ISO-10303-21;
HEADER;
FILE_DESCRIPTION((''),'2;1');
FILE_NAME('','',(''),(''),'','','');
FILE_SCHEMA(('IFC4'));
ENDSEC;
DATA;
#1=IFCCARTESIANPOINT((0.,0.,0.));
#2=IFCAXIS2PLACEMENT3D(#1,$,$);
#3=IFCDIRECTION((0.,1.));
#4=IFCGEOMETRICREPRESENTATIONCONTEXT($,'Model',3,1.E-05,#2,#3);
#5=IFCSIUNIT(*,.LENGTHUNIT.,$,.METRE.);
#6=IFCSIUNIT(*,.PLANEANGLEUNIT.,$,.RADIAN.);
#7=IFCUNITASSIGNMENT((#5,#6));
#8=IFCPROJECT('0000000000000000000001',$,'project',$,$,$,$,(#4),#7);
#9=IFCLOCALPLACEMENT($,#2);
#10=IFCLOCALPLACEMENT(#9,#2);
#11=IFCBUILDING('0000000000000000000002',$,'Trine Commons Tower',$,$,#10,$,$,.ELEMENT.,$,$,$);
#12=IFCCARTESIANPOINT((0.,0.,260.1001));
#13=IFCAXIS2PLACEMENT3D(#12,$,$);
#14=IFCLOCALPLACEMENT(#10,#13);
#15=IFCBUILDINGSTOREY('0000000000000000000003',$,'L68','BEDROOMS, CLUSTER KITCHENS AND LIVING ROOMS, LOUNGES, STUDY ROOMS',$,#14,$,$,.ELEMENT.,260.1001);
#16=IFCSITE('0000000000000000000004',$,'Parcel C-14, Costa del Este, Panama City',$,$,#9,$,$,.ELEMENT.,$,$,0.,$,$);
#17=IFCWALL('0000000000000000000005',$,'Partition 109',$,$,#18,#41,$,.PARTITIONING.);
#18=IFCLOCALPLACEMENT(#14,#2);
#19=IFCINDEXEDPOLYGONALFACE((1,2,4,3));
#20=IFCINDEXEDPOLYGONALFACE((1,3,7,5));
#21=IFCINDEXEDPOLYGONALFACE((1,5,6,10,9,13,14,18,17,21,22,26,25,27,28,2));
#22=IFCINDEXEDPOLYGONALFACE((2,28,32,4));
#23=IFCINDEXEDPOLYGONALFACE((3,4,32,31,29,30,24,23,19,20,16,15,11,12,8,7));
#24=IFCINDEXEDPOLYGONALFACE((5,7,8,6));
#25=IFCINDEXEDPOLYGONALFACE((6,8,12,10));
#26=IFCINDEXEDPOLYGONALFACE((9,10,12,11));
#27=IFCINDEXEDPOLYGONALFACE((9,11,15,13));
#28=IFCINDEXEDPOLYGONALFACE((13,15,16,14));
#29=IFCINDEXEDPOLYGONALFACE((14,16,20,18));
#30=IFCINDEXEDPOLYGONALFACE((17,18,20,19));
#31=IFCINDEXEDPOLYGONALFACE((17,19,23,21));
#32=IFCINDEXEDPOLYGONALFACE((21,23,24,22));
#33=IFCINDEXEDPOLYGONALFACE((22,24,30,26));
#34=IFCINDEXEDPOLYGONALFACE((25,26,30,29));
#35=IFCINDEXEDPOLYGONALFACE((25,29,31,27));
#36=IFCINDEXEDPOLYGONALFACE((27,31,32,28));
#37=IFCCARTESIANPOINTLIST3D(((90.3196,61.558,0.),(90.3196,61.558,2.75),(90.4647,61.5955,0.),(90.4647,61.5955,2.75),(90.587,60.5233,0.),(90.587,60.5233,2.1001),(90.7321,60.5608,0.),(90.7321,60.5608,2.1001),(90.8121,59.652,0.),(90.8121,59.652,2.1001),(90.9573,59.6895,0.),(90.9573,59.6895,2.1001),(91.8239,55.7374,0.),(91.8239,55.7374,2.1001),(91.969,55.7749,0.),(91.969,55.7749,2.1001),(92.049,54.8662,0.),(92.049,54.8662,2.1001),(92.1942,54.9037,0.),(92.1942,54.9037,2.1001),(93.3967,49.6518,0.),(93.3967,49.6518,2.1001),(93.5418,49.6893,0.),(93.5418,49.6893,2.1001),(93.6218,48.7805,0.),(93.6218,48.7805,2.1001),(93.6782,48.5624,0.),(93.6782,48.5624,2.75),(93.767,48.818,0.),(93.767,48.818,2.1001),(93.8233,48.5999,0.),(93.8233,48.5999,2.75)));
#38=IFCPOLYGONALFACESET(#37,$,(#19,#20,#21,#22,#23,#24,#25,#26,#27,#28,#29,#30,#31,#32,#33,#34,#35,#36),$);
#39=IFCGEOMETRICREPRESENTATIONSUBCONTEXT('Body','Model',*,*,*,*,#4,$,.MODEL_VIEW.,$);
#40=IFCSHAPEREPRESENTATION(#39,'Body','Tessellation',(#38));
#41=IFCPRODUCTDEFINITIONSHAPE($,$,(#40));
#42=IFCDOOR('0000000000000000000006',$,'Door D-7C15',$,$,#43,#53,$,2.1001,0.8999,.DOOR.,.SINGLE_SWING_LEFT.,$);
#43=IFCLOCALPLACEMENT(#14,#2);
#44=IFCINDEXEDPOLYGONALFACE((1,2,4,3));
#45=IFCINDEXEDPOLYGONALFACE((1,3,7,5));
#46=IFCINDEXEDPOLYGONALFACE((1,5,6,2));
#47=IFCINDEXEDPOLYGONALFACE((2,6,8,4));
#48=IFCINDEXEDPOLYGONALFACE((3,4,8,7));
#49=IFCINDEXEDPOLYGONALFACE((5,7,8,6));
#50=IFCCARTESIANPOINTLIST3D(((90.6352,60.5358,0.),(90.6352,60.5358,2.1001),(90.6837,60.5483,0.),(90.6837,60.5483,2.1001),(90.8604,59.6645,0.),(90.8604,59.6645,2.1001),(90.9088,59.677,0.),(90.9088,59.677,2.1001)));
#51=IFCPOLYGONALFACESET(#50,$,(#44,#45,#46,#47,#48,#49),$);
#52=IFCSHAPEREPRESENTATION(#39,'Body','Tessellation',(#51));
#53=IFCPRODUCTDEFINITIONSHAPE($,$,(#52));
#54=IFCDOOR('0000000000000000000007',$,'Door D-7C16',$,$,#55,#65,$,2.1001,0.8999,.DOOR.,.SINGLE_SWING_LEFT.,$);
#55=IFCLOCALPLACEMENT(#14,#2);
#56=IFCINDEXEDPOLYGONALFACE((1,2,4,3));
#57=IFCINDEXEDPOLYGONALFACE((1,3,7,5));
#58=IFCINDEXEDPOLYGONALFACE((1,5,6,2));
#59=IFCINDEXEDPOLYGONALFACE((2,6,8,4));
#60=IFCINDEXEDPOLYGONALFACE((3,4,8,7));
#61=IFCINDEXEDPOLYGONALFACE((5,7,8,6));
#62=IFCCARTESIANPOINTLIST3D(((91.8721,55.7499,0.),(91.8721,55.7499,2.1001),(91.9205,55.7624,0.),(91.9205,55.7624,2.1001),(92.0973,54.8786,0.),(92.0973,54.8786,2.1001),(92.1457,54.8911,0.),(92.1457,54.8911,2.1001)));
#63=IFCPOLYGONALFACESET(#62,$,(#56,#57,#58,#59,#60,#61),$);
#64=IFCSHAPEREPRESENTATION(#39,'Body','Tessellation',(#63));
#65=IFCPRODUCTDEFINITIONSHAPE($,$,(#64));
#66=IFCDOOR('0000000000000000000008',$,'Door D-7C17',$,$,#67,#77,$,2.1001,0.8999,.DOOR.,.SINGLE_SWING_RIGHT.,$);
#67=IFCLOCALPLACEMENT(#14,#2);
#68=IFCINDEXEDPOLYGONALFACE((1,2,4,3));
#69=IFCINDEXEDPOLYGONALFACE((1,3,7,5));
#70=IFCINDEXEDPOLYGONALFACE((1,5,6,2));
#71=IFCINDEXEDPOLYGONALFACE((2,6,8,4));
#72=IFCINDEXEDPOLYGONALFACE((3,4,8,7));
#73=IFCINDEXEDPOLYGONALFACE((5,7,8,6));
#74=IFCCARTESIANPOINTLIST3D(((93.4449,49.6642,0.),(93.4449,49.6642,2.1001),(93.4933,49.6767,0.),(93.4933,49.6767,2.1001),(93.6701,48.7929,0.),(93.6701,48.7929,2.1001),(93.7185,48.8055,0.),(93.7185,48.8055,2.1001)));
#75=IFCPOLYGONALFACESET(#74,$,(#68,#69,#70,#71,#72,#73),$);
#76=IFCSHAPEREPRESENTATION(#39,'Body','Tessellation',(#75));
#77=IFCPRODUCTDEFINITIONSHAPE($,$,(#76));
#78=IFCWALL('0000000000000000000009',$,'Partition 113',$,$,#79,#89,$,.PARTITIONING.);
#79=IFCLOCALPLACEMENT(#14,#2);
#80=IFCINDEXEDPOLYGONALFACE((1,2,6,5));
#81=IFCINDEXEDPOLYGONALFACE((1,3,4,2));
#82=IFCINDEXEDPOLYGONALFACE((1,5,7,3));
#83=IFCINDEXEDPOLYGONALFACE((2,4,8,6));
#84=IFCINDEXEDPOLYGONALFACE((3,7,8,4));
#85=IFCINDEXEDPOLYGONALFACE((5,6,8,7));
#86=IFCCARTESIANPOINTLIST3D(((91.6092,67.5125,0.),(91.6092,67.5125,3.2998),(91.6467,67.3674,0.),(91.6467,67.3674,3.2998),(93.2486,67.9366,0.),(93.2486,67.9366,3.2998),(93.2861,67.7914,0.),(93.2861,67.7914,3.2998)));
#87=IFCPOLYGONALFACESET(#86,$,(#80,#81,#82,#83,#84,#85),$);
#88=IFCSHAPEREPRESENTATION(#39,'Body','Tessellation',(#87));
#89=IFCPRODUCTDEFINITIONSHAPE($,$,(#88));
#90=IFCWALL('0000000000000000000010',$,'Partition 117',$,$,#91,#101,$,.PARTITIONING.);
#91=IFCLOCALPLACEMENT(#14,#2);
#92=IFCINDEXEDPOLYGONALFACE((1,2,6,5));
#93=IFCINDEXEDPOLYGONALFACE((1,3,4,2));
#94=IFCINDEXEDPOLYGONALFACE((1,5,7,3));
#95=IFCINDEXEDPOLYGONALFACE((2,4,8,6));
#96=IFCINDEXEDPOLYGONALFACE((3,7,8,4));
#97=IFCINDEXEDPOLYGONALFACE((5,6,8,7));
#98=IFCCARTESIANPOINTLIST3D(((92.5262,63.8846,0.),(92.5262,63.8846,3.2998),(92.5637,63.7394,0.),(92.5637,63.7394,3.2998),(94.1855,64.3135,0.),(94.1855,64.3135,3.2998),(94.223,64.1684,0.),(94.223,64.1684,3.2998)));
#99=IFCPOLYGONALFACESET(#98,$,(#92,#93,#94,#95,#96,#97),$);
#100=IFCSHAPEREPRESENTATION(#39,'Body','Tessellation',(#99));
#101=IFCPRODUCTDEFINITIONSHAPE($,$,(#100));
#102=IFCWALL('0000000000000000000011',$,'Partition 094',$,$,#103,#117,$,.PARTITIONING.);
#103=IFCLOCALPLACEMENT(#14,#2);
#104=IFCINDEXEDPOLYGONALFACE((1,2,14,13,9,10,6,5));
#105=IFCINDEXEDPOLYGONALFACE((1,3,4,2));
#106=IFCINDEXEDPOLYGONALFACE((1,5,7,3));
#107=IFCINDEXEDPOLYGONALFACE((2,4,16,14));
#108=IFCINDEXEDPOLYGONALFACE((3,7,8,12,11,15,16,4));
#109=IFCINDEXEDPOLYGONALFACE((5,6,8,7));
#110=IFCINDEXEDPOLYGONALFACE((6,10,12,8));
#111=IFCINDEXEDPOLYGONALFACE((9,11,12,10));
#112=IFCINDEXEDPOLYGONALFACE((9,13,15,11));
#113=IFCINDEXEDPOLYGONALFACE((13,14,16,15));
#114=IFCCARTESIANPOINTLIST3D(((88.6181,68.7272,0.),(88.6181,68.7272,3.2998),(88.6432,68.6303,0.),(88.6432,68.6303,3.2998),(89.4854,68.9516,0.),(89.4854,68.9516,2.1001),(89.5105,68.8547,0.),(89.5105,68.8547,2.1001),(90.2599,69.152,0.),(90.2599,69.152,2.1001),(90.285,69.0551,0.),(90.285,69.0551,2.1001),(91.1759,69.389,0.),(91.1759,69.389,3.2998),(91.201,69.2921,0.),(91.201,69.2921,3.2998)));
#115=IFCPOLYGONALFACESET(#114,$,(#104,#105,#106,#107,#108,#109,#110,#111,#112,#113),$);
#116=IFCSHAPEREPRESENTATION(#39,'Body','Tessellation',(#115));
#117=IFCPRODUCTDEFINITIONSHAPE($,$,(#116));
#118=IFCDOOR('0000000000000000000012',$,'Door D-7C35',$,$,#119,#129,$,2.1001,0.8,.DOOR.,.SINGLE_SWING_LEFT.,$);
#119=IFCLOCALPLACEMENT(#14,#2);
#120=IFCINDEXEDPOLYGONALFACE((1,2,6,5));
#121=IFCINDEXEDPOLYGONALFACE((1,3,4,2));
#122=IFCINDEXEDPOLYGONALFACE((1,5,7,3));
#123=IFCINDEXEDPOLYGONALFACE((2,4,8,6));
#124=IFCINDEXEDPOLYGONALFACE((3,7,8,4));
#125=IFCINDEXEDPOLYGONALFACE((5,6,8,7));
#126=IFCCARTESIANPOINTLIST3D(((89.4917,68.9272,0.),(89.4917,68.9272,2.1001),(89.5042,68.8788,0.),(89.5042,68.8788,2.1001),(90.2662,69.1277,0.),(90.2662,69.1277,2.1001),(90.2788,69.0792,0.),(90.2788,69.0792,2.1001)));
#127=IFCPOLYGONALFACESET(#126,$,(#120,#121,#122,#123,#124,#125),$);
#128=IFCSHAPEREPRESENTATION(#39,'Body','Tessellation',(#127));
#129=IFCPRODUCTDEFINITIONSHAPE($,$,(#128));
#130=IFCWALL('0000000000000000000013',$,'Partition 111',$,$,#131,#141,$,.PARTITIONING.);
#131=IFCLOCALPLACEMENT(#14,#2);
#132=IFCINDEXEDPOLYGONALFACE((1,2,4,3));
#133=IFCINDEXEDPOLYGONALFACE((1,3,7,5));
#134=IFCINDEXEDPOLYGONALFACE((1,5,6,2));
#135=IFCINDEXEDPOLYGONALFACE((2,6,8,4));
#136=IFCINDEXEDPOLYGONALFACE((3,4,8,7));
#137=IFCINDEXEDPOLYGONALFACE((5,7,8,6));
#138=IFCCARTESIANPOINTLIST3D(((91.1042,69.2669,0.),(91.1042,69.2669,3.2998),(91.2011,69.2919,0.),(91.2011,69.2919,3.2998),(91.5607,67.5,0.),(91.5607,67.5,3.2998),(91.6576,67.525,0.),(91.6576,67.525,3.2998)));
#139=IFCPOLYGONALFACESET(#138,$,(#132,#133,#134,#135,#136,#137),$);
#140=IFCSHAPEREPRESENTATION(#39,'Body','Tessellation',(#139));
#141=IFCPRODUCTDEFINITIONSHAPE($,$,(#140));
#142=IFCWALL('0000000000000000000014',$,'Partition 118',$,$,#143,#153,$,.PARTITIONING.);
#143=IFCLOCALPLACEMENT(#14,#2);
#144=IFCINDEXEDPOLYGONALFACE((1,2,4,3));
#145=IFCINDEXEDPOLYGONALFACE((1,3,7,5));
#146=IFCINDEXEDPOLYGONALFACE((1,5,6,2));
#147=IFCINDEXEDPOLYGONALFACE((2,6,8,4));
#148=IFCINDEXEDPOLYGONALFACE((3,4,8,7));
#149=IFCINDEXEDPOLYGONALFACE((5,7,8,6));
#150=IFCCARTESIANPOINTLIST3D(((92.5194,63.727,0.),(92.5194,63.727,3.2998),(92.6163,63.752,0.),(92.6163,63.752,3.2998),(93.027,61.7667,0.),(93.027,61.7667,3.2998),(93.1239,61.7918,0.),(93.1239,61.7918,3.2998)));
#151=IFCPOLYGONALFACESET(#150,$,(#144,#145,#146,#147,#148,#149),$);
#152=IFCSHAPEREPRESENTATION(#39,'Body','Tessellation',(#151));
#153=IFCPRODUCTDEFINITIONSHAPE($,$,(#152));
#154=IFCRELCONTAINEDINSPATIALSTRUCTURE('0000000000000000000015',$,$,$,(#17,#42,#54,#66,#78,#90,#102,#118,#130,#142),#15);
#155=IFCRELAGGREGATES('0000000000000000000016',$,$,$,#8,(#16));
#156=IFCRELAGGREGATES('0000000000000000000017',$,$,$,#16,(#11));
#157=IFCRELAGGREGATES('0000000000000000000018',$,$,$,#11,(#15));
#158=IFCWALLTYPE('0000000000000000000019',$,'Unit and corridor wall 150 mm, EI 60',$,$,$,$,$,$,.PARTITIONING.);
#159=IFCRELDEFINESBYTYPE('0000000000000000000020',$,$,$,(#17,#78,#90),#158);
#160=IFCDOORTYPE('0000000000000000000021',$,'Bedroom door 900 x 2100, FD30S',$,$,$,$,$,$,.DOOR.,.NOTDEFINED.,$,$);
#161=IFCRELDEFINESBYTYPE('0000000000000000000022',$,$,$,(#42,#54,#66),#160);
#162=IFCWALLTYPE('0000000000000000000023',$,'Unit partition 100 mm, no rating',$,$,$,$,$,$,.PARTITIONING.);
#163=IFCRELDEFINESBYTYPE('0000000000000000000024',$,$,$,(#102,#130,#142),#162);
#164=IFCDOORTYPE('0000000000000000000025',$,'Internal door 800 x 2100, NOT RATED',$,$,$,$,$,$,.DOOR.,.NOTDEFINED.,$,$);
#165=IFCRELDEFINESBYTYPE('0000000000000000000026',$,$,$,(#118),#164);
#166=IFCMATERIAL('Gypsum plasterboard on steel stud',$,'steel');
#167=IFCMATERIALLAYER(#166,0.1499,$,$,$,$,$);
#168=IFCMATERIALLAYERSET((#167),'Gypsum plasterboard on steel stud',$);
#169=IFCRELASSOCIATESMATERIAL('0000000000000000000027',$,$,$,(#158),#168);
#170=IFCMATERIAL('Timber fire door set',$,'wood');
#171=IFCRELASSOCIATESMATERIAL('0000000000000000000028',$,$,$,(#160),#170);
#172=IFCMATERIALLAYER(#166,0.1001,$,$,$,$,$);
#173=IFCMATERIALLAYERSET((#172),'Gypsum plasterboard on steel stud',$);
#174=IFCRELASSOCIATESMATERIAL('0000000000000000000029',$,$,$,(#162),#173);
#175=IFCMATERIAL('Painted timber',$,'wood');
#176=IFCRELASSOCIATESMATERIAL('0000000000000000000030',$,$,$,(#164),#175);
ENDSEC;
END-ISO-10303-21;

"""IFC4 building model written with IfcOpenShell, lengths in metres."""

from ifc_helpers import new_model, si_unit, direction, frame, frame_2d, origin, place, context, subcontext, project, spatial, rectangle, extrude, material, layer, layer_set, type_object, element, fill, save


model = new_model("IFC4")

# Units and contexts
model_context = context("Model", 3, precision=1e-05, world=origin(), true_north=direction((0.0, 1.0)))
body_context = subcontext(model_context, "Body", "Model", "MODEL_VIEW")
ifc_project = project(units=[si_unit("LENGTHUNIT", "METRE"), si_unit("PLANEANGLEUNIT", "RADIAN")], contexts=[model_context])

# Site, building, storey
site_placement = place(None, origin())
site = spatial("IfcSite", under=ifc_project, at=site_placement, Name="Parcel C-14, Costa del Este, Panama City", CompositionType="ELEMENT", RefElevation=0.0)
building_placement = place(site_placement, origin())
building = spatial("IfcBuilding", under=site, at=building_placement, Name="Trine Commons Tower", CompositionType="ELEMENT")
storey_placement = place(building_placement, frame((0.0, 0.0, 260.1001)))
storey = spatial("IfcBuildingStorey", under=building, at=storey_placement, Name="L68", Description="BEDROOMS, CLUSTER KITCHENS AND LIVING ROOMS, LOUNGES, STUDY ROOMS", CompositionType="ELEMENT", Elevation=260.1001)

# Shared definitions
ifc_material_1 = material(Name="Gypsum plasterboard on steel stud", Category="steel")
ifc_layer_1 = layer(ifc_material_1, 0.1499)
ifc_layer_set_1 = layer_set([ifc_layer_1], Name="Gypsum plasterboard on steel stud")
wall_type_1 = type_object("IfcWallType", Name="Unit and corridor wall 150 mm, EI 60", PredefinedType="PARTITIONING", material=ifc_layer_set_1)

# Shared definitions
ifc_material_2 = material(Name="Timber fire door set", Category="wood")
door_type_1 = type_object("IfcDoorType", Name="Bedroom door 900 x 2100, FD30S", OperationType="NOTDEFINED", PredefinedType="DOOR", material=ifc_material_2)

# Wall, openings, doors
wall_1_placement = place(storey_placement, frame((90.3921, 61.5769, 0.0), z_axis=(0.0, 0.0, 1.0), x_axis=(0.250223, -0.968188, 0.0)))
wall_1 = element("IfcWall", 1, at=wall_1_placement, inside=storey, type_object=wall_type_1, Name="Partition 109", PredefinedType="PARTITIONING", context=body_context, shape_type="SweptSolid", body=[
    extrude(rectangle(XDim=13.4226, YDim=0.1499, at=frame_2d((6.7114, 0.0))), origin(), (0.0, 0.0, 1.0), 2.75),
])
opening_1_placement = place(wall_1_placement, frame((1.0688, 0.0, 0.0)))
opening_1 = element("IfcOpeningElement", 2, at=opening_1_placement, cuts=wall_1, PredefinedType="OPENING", context=body_context, shape_type="SweptSolid", body=[
    extrude(rectangle(XDim=0.8999, YDim=2.1001, at=frame_2d((0.45, 1.05))), frame((0.0, 0.085, 0.0), z_axis=(0.0, -1.0, 0.0), x_axis=(1.0, 0.0, 0.0)), (0.0, 0.0, 1.0), 0.1699),
])
opening_2_placement = place(wall_1_placement, frame((6.012, 0.0, 0.0)))
opening_2 = element("IfcOpeningElement", 3, at=opening_2_placement, cuts=wall_1, PredefinedType="OPENING", context=body_context, shape_type="SweptSolid", body=[
    extrude(rectangle(XDim=0.8999, YDim=2.1001, at=frame_2d((0.45, 1.05))), frame((0.0, 0.085, 0.0), z_axis=(0.0, -1.0, 0.0), x_axis=(1.0, 0.0, 0.0)), (0.0, 0.0, 1.0), 0.1699),
])
opening_3_placement = place(wall_1_placement, frame((12.2976, 0.0, 0.0)))
opening_3 = element("IfcOpeningElement", 4, at=opening_3_placement, cuts=wall_1, PredefinedType="OPENING", context=body_context, shape_type="SweptSolid", body=[
    extrude(rectangle(XDim=0.8999, YDim=2.1001, at=frame_2d((0.45, 1.05))), frame((0.0, 0.085, 0.0), z_axis=(0.0, -1.0, 0.0), x_axis=(1.0, 0.0, 0.0)), (0.0, 0.0, 1.0), 0.1699),
])
door_1_placement = place(opening_1_placement, origin())
door_1 = element("IfcDoor", 5, at=door_1_placement, inside=storey, type_object=door_type_1, Name="Door D-7C15", OperationType="SINGLE_SWING_LEFT", OverallHeight=2.1001, OverallWidth=0.8999, PredefinedType="DOOR", context=body_context, shape_type="SweptSolid", body=[
    extrude(rectangle(XDim=0.8999, YDim=2.1001, at=frame_2d((0.45, 1.05))), frame((0.0, 0.0249, 0.0), z_axis=(0.0, -1.0, 0.0), x_axis=(1.0, 0.0, 0.0)), (0.0, 0.0, 1.0), 0.05),
])
fill(opening_1, door_1)
door_2_placement = place(opening_2_placement, origin())
door_2 = element("IfcDoor", 6, at=door_2_placement, inside=storey, type_object=door_type_1, Name="Door D-7C16", OperationType="SINGLE_SWING_LEFT", OverallHeight=2.1001, OverallWidth=0.8999, PredefinedType="DOOR", context=body_context, shape_type="SweptSolid", body=[
    extrude(rectangle(XDim=0.8999, YDim=2.1001, at=frame_2d((0.45, 1.05))), frame((0.0, 0.0249, 0.0), z_axis=(0.0, -1.0, 0.0), x_axis=(1.0, 0.0, 0.0)), (0.0, 0.0, 1.0), 0.05),
])
fill(opening_2, door_2)
door_3_placement = place(opening_3_placement, origin())
door_3 = element("IfcDoor", 7, at=door_3_placement, inside=storey, type_object=door_type_1, Name="Door D-7C17", OperationType="SINGLE_SWING_RIGHT", OverallHeight=2.1001, OverallWidth=0.8999, PredefinedType="DOOR", context=body_context, shape_type="SweptSolid", body=[
    extrude(rectangle(XDim=0.8999, YDim=2.1001, at=frame_2d((0.45, 1.05))), frame((0.0, 0.0249, 0.0), z_axis=(0.0, -1.0, 0.0), x_axis=(1.0, 0.0, 0.0)), (0.0, 0.0, 1.0), 0.05),
])
fill(opening_3, door_3)

# Walls
wall_2_placement = place(storey_placement, frame((91.6279, 67.4399, 0.0), z_axis=(0.0, 0.0, 1.0), x_axis=(0.968134, 0.250432, 0.0)))
element("IfcWall", 8, at=wall_2_placement, inside=storey, type_object=wall_type_1, Name="Partition 113", PredefinedType="PARTITIONING", context=body_context, shape_type="SweptSolid", body=[
    extrude(rectangle(XDim=1.6934, YDim=0.1499, at=frame_2d((0.8467, 0.0))), origin(), (0.0, 0.0, 1.0), 3.2998),
])
wall_3_placement = place(storey_placement, frame((92.5449, 63.812, 0.0), z_axis=(0.0, 0.0, 1.0), x_axis=(0.968176, 0.25027, 0.0)))
element("IfcWall", 9, at=wall_3_placement, inside=storey, type_object=wall_type_1, Name="Partition 117", PredefinedType="PARTITIONING", context=body_context, shape_type="SweptSolid", body=[
    extrude(rectangle(XDim=1.7139, YDim=0.1499, at=frame_2d((0.8569, 0.0))), origin(), (0.0, 0.0, 1.0), 3.2998),
])

# Wall, opening, door
ifc_layer_2 = layer(ifc_material_1, 0.1001)
ifc_layer_set_2 = layer_set([ifc_layer_2], Name="Gypsum plasterboard on steel stud")
wall_type_2 = type_object("IfcWallType", Name="Unit partition 100 mm, no rating", PredefinedType="PARTITIONING", material=ifc_layer_set_2)
wall_4_placement = place(storey_placement, frame((88.6306, 68.6787, 0.0), z_axis=(0.0, 0.0, 1.0), x_axis=(0.968115, 0.250507, 0.0)))
wall_4 = element("IfcWall", 10, at=wall_4_placement, inside=storey, type_object=wall_type_2, Name="Partition 094", PredefinedType="PARTITIONING", context=body_context, shape_type="SweptSolid", body=[
    extrude(rectangle(XDim=2.6421, YDim=0.1001, at=frame_2d((1.321, 0.0))), origin(), (0.0, 0.0, 1.0), 3.2998),
])
opening_4_placement = place(wall_4_placement, frame((0.896, 0.0, 0.0)))
opening_4 = element("IfcOpeningElement", 11, at=opening_4_placement, cuts=wall_4, PredefinedType="OPENING", context=body_context, shape_type="SweptSolid", body=[
    extrude(rectangle(XDim=0.8, YDim=2.1001, at=frame_2d((0.3999, 1.05))), frame((0.0, 0.0601, 0.0), z_axis=(0.0, -1.0, 0.0), x_axis=(1.0, 0.0, 0.0)), (0.0, 0.0, 1.0), 0.1201),
])
ifc_material_3 = material(Name="Painted timber", Category="wood")
door_type_2 = type_object("IfcDoorType", Name="Internal door 800 x 2100, NOT RATED", OperationType="NOTDEFINED", PredefinedType="DOOR", material=ifc_material_3)
door_4_placement = place(opening_4_placement, origin())
door_4 = element("IfcDoor", 12, at=door_4_placement, inside=storey, type_object=door_type_2, Name="Door D-7C35", OperationType="SINGLE_SWING_LEFT", OverallHeight=2.1001, OverallWidth=0.8, PredefinedType="DOOR", context=body_context, shape_type="SweptSolid", body=[
    extrude(rectangle(XDim=0.8, YDim=2.1001, at=frame_2d((0.3999, 1.05))), frame((0.0, 0.0249, 0.0), z_axis=(0.0, -1.0, 0.0), x_axis=(1.0, 0.0, 0.0)), (0.0, 0.0, 1.0), 0.05),
])
fill(opening_4, door_4)

# Walls
wall_5_placement = place(storey_placement, frame((91.1526, 69.2795, 0.0), z_axis=(0.0, 0.0, 1.0), x_axis=(0.250177, -0.9682, 0.0)))
element("IfcWall", 13, at=wall_5_placement, inside=storey, type_object=wall_type_2, Name="Partition 111", PredefinedType="PARTITIONING", context=body_context, shape_type="SweptSolid", body=[
    extrude(rectangle(XDim=1.825, YDim=0.1001, at=frame_2d((0.9126, 0.0))), origin(), (0.0, 0.0, 1.0), 3.2998),
])
wall_6_placement = place(storey_placement, frame((92.5679, 63.7395, 0.0), z_axis=(0.0, 0.0, 1.0), x_axis=(0.250669, -0.968073, 0.0)))
element("IfcWall", 14, at=wall_6_placement, inside=storey, type_object=wall_type_2, Name="Partition 118", PredefinedType="PARTITIONING", context=body_context, shape_type="SweptSolid", body=[
    extrude(rectangle(XDim=2.0249, YDim=0.1001, at=frame_2d((1.0125, 0.0))), origin(), (0.0, 0.0, 1.0), 3.2998),
])

save(model, "model.ifc")
